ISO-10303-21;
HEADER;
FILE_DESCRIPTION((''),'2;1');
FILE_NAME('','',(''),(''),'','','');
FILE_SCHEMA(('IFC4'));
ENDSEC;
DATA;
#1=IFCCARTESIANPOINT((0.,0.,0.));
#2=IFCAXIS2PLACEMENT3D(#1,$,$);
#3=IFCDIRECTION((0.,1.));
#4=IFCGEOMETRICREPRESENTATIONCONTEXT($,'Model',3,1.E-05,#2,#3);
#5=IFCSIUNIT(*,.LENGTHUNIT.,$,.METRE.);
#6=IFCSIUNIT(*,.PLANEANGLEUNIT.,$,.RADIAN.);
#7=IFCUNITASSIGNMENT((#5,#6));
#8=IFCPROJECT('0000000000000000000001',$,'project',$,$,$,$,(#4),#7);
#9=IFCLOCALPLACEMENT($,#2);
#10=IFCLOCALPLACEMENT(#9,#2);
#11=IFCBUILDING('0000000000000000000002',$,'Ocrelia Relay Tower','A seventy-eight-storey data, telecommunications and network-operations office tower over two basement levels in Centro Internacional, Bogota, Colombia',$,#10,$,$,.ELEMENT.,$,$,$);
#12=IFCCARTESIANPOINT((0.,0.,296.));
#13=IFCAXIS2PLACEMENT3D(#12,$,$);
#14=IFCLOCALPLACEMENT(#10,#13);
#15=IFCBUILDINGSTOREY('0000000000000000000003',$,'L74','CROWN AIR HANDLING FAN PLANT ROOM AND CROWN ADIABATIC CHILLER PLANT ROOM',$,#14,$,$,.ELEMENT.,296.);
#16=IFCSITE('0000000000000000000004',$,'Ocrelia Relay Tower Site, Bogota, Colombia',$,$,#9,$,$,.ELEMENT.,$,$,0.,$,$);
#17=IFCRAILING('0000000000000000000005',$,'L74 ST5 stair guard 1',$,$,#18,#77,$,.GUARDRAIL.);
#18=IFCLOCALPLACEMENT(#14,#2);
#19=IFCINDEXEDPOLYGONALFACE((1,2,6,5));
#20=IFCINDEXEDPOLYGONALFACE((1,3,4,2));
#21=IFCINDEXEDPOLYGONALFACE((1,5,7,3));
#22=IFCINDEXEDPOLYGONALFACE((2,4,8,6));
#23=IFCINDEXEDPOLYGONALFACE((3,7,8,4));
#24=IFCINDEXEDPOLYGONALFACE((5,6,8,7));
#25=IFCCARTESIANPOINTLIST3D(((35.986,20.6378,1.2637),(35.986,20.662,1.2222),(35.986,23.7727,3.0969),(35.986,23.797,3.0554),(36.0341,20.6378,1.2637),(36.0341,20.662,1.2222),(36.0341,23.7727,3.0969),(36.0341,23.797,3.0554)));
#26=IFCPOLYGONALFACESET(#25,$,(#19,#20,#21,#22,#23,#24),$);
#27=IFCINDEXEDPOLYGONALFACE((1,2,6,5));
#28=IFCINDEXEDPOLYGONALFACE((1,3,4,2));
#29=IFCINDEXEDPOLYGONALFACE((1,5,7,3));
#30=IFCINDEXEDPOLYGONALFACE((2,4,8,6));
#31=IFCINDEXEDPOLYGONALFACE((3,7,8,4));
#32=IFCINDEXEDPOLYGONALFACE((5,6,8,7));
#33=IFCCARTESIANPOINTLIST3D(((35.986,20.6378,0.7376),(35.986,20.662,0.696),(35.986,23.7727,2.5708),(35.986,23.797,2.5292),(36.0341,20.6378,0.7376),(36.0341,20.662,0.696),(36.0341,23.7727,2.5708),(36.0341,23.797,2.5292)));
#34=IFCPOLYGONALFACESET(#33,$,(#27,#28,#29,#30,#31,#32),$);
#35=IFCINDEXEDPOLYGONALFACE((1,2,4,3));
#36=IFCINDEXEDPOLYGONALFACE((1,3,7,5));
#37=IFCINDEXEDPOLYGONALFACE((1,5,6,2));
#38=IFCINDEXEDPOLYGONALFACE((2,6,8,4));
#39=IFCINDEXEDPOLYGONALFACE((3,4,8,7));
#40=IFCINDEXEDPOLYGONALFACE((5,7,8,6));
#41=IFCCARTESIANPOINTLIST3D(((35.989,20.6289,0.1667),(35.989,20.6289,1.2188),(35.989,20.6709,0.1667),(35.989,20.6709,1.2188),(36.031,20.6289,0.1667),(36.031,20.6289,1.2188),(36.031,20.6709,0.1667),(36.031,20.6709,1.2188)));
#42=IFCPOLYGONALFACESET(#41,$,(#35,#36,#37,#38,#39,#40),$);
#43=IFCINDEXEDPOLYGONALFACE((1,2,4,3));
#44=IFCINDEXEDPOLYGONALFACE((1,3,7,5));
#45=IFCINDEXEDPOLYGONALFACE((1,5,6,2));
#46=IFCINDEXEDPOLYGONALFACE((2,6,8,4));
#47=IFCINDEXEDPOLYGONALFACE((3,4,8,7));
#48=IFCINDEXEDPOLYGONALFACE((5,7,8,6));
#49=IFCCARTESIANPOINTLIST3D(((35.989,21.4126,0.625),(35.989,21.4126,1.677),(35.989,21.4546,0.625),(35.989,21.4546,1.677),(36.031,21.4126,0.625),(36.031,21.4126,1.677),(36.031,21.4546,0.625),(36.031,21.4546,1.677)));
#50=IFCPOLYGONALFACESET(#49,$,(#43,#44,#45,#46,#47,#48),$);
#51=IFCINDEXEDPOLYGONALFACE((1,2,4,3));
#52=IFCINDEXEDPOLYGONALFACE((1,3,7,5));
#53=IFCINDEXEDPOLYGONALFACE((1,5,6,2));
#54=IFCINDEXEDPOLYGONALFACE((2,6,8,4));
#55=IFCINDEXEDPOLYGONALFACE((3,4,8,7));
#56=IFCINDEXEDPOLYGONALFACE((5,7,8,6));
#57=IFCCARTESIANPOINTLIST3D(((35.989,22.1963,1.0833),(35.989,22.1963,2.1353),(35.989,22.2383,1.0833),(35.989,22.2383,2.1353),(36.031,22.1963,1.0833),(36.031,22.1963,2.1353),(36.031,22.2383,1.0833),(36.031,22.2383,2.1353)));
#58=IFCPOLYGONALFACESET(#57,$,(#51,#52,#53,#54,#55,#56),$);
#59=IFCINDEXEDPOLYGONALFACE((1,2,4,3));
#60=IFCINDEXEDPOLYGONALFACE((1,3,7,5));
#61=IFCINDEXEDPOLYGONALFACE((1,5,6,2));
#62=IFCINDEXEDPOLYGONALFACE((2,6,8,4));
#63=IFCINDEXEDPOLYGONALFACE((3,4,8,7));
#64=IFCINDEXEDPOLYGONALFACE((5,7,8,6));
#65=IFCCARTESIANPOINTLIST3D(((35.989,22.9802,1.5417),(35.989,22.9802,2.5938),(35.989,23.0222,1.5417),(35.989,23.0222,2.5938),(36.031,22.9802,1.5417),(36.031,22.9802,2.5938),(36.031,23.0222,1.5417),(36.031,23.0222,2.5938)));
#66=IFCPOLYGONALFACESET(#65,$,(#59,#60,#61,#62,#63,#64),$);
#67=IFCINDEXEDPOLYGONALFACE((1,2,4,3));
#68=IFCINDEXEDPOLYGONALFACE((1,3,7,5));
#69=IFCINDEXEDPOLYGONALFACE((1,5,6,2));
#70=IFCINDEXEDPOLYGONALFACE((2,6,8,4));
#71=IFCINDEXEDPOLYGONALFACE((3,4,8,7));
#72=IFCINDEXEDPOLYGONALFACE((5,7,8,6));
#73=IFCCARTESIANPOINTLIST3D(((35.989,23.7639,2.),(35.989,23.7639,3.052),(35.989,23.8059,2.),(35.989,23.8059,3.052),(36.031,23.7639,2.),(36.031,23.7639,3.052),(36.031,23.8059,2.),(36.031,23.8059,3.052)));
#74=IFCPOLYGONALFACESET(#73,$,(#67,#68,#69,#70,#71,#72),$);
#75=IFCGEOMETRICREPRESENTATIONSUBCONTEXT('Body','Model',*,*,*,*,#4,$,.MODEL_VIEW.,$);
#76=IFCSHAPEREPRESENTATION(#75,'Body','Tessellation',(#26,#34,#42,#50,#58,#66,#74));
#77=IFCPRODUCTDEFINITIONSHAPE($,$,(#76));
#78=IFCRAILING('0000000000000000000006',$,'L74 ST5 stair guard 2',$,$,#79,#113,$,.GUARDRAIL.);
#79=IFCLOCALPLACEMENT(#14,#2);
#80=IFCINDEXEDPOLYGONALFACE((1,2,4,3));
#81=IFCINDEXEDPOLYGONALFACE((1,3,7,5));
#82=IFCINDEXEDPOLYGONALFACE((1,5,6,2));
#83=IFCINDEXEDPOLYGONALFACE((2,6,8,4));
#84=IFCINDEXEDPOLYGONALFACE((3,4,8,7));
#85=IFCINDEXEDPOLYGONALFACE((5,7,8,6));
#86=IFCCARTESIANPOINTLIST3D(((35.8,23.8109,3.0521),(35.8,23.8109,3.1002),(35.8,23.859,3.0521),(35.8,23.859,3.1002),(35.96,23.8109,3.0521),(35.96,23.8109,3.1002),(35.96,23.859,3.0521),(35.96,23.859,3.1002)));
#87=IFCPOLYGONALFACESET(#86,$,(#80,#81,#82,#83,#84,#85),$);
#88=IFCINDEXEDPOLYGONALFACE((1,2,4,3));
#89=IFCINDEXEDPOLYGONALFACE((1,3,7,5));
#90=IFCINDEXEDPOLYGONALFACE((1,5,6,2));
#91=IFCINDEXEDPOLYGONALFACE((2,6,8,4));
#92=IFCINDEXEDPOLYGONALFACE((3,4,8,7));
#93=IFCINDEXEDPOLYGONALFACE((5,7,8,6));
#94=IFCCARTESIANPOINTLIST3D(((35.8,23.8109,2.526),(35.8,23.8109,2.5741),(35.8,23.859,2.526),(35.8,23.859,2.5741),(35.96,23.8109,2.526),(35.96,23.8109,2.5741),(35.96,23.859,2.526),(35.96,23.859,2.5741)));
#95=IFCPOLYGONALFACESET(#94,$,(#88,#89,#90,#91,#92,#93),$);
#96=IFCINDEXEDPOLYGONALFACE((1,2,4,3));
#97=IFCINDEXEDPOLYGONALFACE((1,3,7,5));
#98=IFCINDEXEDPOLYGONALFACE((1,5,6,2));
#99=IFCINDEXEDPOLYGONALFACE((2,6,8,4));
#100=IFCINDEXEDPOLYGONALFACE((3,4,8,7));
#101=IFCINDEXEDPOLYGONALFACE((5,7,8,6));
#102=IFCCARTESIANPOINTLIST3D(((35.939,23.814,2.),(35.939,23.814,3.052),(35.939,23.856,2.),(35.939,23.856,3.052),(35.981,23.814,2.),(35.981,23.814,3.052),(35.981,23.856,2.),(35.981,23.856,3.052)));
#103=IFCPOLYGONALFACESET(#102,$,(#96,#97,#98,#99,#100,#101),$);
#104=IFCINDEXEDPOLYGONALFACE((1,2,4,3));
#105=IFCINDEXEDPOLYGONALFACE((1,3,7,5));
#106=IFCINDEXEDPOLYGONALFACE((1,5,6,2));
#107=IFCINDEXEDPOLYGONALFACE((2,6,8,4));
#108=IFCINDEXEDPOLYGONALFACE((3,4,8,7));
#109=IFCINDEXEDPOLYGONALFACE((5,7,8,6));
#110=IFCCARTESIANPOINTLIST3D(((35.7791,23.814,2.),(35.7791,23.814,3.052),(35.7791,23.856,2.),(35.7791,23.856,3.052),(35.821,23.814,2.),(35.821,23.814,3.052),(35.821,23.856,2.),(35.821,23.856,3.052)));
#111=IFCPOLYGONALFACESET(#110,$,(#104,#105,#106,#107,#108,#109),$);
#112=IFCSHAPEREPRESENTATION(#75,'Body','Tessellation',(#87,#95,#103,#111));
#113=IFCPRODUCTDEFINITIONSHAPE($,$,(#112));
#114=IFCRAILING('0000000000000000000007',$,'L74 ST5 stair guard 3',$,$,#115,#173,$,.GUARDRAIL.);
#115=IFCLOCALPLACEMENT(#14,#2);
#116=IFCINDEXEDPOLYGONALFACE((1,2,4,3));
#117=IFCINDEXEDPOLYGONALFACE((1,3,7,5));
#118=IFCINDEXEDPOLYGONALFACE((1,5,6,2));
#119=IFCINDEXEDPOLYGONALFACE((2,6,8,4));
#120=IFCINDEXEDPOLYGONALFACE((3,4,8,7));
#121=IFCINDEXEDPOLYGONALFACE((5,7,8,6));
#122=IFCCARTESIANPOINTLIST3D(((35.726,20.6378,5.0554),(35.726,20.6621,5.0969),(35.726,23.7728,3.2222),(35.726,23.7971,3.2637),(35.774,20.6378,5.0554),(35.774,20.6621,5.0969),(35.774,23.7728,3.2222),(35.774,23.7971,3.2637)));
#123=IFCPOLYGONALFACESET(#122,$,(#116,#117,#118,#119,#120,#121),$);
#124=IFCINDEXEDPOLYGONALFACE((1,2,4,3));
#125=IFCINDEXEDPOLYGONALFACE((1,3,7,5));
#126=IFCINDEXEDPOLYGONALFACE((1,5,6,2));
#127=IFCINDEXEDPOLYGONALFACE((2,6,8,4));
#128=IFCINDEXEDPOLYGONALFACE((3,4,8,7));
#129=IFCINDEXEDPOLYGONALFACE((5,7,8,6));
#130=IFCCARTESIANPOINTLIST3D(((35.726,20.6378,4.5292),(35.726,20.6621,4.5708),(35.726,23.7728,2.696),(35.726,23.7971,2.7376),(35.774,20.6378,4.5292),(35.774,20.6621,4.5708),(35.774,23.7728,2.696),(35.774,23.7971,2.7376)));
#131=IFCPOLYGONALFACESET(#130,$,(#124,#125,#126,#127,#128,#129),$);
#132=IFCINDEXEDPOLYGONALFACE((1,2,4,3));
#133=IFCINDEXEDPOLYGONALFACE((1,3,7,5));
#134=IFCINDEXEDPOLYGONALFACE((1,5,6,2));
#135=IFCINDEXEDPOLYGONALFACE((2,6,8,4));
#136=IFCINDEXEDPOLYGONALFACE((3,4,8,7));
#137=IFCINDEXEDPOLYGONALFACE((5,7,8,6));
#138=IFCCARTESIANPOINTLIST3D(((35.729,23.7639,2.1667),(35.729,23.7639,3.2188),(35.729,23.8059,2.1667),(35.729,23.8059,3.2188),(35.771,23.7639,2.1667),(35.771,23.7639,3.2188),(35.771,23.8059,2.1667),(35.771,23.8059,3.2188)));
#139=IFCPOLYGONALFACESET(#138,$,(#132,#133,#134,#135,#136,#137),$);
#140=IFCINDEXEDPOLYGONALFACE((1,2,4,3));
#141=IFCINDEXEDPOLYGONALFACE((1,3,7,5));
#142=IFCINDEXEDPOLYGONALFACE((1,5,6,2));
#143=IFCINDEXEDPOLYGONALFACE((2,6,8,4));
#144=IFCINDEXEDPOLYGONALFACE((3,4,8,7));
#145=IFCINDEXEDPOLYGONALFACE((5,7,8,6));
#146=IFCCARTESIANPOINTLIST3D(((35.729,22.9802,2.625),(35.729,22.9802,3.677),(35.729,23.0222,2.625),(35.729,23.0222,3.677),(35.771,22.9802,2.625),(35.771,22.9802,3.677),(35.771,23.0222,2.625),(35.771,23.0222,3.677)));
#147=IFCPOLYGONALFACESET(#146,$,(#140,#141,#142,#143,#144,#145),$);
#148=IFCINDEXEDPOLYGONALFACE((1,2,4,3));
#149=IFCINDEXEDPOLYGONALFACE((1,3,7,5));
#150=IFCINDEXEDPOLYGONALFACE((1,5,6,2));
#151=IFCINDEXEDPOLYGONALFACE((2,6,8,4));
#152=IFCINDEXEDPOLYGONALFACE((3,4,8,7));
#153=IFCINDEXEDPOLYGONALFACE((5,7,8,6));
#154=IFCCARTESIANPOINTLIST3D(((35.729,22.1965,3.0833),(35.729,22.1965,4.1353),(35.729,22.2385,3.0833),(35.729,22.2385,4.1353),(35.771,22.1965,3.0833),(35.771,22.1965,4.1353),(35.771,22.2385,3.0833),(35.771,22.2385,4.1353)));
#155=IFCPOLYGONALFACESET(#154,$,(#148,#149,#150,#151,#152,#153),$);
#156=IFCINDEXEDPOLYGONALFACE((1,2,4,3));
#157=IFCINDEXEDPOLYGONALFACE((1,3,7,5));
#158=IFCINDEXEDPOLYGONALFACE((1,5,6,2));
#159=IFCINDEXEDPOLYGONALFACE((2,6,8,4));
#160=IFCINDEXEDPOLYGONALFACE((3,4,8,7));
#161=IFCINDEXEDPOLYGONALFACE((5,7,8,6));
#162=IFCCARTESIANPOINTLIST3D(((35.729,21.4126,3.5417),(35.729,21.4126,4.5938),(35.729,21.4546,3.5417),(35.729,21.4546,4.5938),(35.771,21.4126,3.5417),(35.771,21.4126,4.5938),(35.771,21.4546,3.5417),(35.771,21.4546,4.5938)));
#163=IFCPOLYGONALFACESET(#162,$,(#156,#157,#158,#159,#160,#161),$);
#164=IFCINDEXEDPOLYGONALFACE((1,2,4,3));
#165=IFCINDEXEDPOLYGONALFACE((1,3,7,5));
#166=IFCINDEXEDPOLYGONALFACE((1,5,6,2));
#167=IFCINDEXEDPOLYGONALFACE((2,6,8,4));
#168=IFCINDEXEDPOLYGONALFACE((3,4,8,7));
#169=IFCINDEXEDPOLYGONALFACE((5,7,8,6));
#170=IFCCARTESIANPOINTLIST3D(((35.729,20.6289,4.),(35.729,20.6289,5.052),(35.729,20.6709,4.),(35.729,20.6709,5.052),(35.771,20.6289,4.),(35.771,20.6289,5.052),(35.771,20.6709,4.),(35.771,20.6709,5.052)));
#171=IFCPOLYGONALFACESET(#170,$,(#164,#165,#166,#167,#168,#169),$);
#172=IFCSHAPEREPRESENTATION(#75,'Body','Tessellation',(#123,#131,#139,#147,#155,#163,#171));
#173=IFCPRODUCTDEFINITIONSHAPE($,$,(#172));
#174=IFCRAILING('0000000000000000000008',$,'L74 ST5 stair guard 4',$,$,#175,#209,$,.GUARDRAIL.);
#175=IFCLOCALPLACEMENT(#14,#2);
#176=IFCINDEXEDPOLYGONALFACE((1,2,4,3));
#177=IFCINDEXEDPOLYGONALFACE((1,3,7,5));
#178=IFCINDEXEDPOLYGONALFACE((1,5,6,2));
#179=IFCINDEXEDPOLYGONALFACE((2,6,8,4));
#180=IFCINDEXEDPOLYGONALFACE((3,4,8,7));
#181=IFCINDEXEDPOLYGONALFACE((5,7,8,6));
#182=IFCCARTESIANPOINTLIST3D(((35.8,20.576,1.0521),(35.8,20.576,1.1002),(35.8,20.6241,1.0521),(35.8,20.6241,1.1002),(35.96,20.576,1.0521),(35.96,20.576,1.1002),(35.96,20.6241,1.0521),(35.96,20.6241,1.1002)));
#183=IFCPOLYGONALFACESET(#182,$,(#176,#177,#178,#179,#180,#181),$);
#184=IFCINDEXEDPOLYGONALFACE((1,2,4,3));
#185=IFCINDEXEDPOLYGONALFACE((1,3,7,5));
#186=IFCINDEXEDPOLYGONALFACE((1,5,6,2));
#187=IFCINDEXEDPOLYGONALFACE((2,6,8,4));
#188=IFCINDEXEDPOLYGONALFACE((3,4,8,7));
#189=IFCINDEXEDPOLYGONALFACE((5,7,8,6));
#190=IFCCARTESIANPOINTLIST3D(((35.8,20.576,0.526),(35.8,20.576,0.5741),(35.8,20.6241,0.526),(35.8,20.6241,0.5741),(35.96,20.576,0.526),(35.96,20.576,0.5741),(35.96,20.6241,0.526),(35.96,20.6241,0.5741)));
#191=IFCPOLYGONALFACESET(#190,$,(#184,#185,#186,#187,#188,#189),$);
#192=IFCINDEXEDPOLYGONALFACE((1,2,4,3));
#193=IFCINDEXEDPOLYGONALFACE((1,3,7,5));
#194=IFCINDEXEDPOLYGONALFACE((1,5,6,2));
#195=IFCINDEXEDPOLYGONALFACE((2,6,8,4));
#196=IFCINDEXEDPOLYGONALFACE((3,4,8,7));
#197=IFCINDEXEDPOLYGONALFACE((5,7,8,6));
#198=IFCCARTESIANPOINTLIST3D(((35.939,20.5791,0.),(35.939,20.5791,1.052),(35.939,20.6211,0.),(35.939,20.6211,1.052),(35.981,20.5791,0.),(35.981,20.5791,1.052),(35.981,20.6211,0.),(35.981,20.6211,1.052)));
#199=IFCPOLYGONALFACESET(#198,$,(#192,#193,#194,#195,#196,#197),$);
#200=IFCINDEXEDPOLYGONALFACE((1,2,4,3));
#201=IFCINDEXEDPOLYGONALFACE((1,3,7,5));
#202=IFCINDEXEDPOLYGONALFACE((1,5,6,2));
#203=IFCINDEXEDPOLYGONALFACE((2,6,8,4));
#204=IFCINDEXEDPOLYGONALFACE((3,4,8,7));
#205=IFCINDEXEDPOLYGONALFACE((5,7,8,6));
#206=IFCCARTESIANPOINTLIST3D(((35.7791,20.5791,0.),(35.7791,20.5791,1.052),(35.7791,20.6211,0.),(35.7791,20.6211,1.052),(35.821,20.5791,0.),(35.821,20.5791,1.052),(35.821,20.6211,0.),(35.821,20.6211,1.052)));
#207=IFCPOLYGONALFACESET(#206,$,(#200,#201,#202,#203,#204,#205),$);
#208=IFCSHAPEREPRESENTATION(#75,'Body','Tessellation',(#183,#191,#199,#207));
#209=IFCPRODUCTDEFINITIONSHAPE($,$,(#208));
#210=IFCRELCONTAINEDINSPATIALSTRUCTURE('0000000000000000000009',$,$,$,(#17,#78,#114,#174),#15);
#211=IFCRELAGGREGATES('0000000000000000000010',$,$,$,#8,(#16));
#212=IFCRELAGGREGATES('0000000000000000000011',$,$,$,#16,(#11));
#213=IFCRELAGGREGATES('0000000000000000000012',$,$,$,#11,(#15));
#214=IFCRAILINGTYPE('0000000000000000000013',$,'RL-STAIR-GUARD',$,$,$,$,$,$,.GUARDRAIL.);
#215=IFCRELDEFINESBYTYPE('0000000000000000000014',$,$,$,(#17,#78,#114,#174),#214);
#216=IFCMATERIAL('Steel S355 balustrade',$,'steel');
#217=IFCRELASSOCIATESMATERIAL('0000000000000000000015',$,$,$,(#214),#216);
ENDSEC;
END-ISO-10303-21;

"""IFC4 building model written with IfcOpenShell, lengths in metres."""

from ifc_helpers import new_model, si_unit, direction, frame, origin, origin_2d, place, context, subcontext, project, spatial, rectangle, extrude, material, type_object, element, save


model = new_model("IFC4")

# Units and contexts
model_context = context("Model", 3, precision=1e-05, world=origin(), true_north=direction((0.0, 1.0)))
body_context = subcontext(model_context, "Body", "Model", "MODEL_VIEW")
ifc_project = project(units=[si_unit("LENGTHUNIT", "METRE"), si_unit("PLANEANGLEUNIT", "RADIAN")], contexts=[model_context])

# Site, building, storey
site_placement = place(None, origin())
site = spatial("IfcSite", under=ifc_project, at=site_placement, Name="Ocrelia Relay Tower Site, Bogota, Colombia", CompositionType="ELEMENT", RefElevation=0.0)
building_placement = place(site_placement, origin())
building = spatial("IfcBuilding", under=site, at=building_placement, Name="Ocrelia Relay Tower", Description="A seventy-eight-storey data, telecommunications and network-operations office tower over two basement levels in Centro Internacional, Bogota, Colombia", CompositionType="ELEMENT")
storey_placement = place(building_placement, frame((0.0, 0.0, 296.0)))
storey = spatial("IfcBuildingStorey", under=building, at=storey_placement, Name="L74", Description="CROWN AIR HANDLING FAN PLANT ROOM AND CROWN ADIABATIC CHILLER PLANT ROOM", CompositionType="ELEMENT", Elevation=296.0)

# Railings
ifc_material_1 = material(Name="Steel S355 balustrade", Category="steel")
railing_type_1 = type_object("IfcRailingType", Name="RL-STAIR-GUARD", PredefinedType="GUARDRAIL", material=ifc_material_1)
railing_1_placement = place(storey_placement, frame((36.01, 20.6499, 0.1667)))
element("IfcRailing", 1, at=railing_1_placement, inside=storey, type_object=railing_type_1, Name="L74 ST5 stair guard 1", PredefinedType="GUARDRAIL", context=body_context, shape_type="SweptSolid", body=[
    extrude(rectangle(XDim=0.0481, YDim=0.0481, at=origin_2d()), frame((0.0, 0.0, 1.0762), z_axis=(0.0, 0.86324, 0.504794), x_axis=(-1.0, 0.0, 0.0)), (0.0, 0.0, 1.0), 3.6316),
    extrude(rectangle(XDim=0.0481, YDim=0.0481, at=origin_2d()), frame((0.0, 0.0, 0.55), z_axis=(0.0, 0.86324, 0.504794), x_axis=(-1.0, 0.0, 0.0)), (0.0, 0.0, 1.0), 3.6316),
    extrude(rectangle(XDim=0.042, YDim=0.042, at=origin_2d()), origin(), (0.0, 0.0, 1.0), 1.052),
    extrude(rectangle(XDim=0.042, YDim=0.042, at=origin_2d()), frame((0.0, 0.7837, 0.4583)), (0.0, 0.0, 1.0), 1.052),
    extrude(rectangle(XDim=0.042, YDim=0.042, at=origin_2d()), frame((0.0, 1.5674, 0.9165)), (0.0, 0.0, 1.0), 1.052),
    extrude(rectangle(XDim=0.042, YDim=0.042, at=origin_2d()), frame((0.0, 2.3513, 1.375)), (0.0, 0.0, 1.0), 1.052),
    extrude(rectangle(XDim=0.042, YDim=0.042, at=origin_2d()), frame((0.0, 3.135, 1.8333)), (0.0, 0.0, 1.0), 1.052),
])
railing_2_placement = place(storey_placement, frame((35.96, 23.835, 2.0)))
element("IfcRailing", 2, at=railing_2_placement, inside=storey, type_object=railing_type_1, Name="L74 ST5 stair guard 2", PredefinedType="GUARDRAIL", context=body_context, shape_type="SweptSolid", body=[
    extrude(rectangle(XDim=0.0481, YDim=0.0481, at=origin_2d()), frame((0.0, 0.0, 1.0762), z_axis=(-1.0, 0.0, 0.0), x_axis=(0.0, -1.0, 0.0)), (0.0, 0.0, 1.0), 0.1599),
    extrude(rectangle(XDim=0.0481, YDim=0.0481, at=origin_2d()), frame((0.0, 0.0, 0.55), z_axis=(-1.0, 0.0, 0.0), x_axis=(0.0, -1.0, 0.0)), (0.0, 0.0, 1.0), 0.1599),
    extrude(rectangle(XDim=0.042, YDim=0.042, at=origin_2d()), origin(), (0.0, 0.0, 1.0), 1.052),
    extrude(rectangle(XDim=0.042, YDim=0.042, at=origin_2d()), frame((-0.1599, 0.0, 0.0)), (0.0, 0.0, 1.0), 1.052),
])
railing_3_placement = place(storey_placement, frame((35.75, 23.7849, 2.1667)))
element("IfcRailing", 3, at=railing_3_placement, inside=storey, type_object=railing_type_1, Name="L74 ST5 stair guard 3", PredefinedType="GUARDRAIL", context=body_context, shape_type="SweptSolid", body=[
    extrude(rectangle(XDim=0.0481, YDim=0.0481, at=origin_2d()), frame((0.0, 0.0, 1.0762), z_axis=(0.0, -0.86324, 0.504794), x_axis=(1.0, 0.0, 0.0)), (0.0, 0.0, 1.0), 3.6316),
    extrude(rectangle(XDim=0.0481, YDim=0.0481, at=origin_2d()), frame((0.0, 0.0, 0.55), z_axis=(0.0, -0.86324, 0.504794), x_axis=(1.0, 0.0, 0.0)), (0.0, 0.0, 1.0), 3.6316),
    extrude(rectangle(XDim=0.042, YDim=0.042, at=origin_2d()), origin(), (0.0, 0.0, 1.0), 1.052),
    extrude(rectangle(XDim=0.042, YDim=0.042, at=origin_2d()), frame((0.0, -0.7837, 0.4583)), (0.0, 0.0, 1.0), 1.052),
    extrude(rectangle(XDim=0.042, YDim=0.042, at=origin_2d()), frame((0.0, -1.5674, 0.9165)), (0.0, 0.0, 1.0), 1.052),
    extrude(rectangle(XDim=0.042, YDim=0.042, at=origin_2d()), frame((0.0, -2.3513, 1.375)), (0.0, 0.0, 1.0), 1.052),
    extrude(rectangle(XDim=0.042, YDim=0.042, at=origin_2d()), frame((0.0, -3.135, 1.8333)), (0.0, 0.0, 1.0), 1.052),
])
railing_4_placement = place(storey_placement, frame((35.96, 20.6001, 0.0)))
element("IfcRailing", 4, at=railing_4_placement, inside=storey, type_object=railing_type_1, Name="L74 ST5 stair guard 4", PredefinedType="GUARDRAIL", context=body_context, shape_type="SweptSolid", body=[
    extrude(rectangle(XDim=0.0481, YDim=0.0481, at=origin_2d()), frame((0.0, 0.0, 1.0762), z_axis=(-1.0, 0.0, 0.0), x_axis=(0.0, -1.0, 0.0)), (0.0, 0.0, 1.0), 0.1599),
    extrude(rectangle(XDim=0.0481, YDim=0.0481, at=origin_2d()), frame((0.0, 0.0, 0.55), z_axis=(-1.0, 0.0, 0.0), x_axis=(0.0, -1.0, 0.0)), (0.0, 0.0, 1.0), 0.1599),
    extrude(rectangle(XDim=0.042, YDim=0.042, at=origin_2d()), origin(), (0.0, 0.0, 1.0), 1.052),
    extrude(rectangle(XDim=0.042, YDim=0.042, at=origin_2d()), frame((-0.1599, 0.0, 0.0)), (0.0, 0.0, 1.0), 1.052),
])

save(model, "model.ifc")
